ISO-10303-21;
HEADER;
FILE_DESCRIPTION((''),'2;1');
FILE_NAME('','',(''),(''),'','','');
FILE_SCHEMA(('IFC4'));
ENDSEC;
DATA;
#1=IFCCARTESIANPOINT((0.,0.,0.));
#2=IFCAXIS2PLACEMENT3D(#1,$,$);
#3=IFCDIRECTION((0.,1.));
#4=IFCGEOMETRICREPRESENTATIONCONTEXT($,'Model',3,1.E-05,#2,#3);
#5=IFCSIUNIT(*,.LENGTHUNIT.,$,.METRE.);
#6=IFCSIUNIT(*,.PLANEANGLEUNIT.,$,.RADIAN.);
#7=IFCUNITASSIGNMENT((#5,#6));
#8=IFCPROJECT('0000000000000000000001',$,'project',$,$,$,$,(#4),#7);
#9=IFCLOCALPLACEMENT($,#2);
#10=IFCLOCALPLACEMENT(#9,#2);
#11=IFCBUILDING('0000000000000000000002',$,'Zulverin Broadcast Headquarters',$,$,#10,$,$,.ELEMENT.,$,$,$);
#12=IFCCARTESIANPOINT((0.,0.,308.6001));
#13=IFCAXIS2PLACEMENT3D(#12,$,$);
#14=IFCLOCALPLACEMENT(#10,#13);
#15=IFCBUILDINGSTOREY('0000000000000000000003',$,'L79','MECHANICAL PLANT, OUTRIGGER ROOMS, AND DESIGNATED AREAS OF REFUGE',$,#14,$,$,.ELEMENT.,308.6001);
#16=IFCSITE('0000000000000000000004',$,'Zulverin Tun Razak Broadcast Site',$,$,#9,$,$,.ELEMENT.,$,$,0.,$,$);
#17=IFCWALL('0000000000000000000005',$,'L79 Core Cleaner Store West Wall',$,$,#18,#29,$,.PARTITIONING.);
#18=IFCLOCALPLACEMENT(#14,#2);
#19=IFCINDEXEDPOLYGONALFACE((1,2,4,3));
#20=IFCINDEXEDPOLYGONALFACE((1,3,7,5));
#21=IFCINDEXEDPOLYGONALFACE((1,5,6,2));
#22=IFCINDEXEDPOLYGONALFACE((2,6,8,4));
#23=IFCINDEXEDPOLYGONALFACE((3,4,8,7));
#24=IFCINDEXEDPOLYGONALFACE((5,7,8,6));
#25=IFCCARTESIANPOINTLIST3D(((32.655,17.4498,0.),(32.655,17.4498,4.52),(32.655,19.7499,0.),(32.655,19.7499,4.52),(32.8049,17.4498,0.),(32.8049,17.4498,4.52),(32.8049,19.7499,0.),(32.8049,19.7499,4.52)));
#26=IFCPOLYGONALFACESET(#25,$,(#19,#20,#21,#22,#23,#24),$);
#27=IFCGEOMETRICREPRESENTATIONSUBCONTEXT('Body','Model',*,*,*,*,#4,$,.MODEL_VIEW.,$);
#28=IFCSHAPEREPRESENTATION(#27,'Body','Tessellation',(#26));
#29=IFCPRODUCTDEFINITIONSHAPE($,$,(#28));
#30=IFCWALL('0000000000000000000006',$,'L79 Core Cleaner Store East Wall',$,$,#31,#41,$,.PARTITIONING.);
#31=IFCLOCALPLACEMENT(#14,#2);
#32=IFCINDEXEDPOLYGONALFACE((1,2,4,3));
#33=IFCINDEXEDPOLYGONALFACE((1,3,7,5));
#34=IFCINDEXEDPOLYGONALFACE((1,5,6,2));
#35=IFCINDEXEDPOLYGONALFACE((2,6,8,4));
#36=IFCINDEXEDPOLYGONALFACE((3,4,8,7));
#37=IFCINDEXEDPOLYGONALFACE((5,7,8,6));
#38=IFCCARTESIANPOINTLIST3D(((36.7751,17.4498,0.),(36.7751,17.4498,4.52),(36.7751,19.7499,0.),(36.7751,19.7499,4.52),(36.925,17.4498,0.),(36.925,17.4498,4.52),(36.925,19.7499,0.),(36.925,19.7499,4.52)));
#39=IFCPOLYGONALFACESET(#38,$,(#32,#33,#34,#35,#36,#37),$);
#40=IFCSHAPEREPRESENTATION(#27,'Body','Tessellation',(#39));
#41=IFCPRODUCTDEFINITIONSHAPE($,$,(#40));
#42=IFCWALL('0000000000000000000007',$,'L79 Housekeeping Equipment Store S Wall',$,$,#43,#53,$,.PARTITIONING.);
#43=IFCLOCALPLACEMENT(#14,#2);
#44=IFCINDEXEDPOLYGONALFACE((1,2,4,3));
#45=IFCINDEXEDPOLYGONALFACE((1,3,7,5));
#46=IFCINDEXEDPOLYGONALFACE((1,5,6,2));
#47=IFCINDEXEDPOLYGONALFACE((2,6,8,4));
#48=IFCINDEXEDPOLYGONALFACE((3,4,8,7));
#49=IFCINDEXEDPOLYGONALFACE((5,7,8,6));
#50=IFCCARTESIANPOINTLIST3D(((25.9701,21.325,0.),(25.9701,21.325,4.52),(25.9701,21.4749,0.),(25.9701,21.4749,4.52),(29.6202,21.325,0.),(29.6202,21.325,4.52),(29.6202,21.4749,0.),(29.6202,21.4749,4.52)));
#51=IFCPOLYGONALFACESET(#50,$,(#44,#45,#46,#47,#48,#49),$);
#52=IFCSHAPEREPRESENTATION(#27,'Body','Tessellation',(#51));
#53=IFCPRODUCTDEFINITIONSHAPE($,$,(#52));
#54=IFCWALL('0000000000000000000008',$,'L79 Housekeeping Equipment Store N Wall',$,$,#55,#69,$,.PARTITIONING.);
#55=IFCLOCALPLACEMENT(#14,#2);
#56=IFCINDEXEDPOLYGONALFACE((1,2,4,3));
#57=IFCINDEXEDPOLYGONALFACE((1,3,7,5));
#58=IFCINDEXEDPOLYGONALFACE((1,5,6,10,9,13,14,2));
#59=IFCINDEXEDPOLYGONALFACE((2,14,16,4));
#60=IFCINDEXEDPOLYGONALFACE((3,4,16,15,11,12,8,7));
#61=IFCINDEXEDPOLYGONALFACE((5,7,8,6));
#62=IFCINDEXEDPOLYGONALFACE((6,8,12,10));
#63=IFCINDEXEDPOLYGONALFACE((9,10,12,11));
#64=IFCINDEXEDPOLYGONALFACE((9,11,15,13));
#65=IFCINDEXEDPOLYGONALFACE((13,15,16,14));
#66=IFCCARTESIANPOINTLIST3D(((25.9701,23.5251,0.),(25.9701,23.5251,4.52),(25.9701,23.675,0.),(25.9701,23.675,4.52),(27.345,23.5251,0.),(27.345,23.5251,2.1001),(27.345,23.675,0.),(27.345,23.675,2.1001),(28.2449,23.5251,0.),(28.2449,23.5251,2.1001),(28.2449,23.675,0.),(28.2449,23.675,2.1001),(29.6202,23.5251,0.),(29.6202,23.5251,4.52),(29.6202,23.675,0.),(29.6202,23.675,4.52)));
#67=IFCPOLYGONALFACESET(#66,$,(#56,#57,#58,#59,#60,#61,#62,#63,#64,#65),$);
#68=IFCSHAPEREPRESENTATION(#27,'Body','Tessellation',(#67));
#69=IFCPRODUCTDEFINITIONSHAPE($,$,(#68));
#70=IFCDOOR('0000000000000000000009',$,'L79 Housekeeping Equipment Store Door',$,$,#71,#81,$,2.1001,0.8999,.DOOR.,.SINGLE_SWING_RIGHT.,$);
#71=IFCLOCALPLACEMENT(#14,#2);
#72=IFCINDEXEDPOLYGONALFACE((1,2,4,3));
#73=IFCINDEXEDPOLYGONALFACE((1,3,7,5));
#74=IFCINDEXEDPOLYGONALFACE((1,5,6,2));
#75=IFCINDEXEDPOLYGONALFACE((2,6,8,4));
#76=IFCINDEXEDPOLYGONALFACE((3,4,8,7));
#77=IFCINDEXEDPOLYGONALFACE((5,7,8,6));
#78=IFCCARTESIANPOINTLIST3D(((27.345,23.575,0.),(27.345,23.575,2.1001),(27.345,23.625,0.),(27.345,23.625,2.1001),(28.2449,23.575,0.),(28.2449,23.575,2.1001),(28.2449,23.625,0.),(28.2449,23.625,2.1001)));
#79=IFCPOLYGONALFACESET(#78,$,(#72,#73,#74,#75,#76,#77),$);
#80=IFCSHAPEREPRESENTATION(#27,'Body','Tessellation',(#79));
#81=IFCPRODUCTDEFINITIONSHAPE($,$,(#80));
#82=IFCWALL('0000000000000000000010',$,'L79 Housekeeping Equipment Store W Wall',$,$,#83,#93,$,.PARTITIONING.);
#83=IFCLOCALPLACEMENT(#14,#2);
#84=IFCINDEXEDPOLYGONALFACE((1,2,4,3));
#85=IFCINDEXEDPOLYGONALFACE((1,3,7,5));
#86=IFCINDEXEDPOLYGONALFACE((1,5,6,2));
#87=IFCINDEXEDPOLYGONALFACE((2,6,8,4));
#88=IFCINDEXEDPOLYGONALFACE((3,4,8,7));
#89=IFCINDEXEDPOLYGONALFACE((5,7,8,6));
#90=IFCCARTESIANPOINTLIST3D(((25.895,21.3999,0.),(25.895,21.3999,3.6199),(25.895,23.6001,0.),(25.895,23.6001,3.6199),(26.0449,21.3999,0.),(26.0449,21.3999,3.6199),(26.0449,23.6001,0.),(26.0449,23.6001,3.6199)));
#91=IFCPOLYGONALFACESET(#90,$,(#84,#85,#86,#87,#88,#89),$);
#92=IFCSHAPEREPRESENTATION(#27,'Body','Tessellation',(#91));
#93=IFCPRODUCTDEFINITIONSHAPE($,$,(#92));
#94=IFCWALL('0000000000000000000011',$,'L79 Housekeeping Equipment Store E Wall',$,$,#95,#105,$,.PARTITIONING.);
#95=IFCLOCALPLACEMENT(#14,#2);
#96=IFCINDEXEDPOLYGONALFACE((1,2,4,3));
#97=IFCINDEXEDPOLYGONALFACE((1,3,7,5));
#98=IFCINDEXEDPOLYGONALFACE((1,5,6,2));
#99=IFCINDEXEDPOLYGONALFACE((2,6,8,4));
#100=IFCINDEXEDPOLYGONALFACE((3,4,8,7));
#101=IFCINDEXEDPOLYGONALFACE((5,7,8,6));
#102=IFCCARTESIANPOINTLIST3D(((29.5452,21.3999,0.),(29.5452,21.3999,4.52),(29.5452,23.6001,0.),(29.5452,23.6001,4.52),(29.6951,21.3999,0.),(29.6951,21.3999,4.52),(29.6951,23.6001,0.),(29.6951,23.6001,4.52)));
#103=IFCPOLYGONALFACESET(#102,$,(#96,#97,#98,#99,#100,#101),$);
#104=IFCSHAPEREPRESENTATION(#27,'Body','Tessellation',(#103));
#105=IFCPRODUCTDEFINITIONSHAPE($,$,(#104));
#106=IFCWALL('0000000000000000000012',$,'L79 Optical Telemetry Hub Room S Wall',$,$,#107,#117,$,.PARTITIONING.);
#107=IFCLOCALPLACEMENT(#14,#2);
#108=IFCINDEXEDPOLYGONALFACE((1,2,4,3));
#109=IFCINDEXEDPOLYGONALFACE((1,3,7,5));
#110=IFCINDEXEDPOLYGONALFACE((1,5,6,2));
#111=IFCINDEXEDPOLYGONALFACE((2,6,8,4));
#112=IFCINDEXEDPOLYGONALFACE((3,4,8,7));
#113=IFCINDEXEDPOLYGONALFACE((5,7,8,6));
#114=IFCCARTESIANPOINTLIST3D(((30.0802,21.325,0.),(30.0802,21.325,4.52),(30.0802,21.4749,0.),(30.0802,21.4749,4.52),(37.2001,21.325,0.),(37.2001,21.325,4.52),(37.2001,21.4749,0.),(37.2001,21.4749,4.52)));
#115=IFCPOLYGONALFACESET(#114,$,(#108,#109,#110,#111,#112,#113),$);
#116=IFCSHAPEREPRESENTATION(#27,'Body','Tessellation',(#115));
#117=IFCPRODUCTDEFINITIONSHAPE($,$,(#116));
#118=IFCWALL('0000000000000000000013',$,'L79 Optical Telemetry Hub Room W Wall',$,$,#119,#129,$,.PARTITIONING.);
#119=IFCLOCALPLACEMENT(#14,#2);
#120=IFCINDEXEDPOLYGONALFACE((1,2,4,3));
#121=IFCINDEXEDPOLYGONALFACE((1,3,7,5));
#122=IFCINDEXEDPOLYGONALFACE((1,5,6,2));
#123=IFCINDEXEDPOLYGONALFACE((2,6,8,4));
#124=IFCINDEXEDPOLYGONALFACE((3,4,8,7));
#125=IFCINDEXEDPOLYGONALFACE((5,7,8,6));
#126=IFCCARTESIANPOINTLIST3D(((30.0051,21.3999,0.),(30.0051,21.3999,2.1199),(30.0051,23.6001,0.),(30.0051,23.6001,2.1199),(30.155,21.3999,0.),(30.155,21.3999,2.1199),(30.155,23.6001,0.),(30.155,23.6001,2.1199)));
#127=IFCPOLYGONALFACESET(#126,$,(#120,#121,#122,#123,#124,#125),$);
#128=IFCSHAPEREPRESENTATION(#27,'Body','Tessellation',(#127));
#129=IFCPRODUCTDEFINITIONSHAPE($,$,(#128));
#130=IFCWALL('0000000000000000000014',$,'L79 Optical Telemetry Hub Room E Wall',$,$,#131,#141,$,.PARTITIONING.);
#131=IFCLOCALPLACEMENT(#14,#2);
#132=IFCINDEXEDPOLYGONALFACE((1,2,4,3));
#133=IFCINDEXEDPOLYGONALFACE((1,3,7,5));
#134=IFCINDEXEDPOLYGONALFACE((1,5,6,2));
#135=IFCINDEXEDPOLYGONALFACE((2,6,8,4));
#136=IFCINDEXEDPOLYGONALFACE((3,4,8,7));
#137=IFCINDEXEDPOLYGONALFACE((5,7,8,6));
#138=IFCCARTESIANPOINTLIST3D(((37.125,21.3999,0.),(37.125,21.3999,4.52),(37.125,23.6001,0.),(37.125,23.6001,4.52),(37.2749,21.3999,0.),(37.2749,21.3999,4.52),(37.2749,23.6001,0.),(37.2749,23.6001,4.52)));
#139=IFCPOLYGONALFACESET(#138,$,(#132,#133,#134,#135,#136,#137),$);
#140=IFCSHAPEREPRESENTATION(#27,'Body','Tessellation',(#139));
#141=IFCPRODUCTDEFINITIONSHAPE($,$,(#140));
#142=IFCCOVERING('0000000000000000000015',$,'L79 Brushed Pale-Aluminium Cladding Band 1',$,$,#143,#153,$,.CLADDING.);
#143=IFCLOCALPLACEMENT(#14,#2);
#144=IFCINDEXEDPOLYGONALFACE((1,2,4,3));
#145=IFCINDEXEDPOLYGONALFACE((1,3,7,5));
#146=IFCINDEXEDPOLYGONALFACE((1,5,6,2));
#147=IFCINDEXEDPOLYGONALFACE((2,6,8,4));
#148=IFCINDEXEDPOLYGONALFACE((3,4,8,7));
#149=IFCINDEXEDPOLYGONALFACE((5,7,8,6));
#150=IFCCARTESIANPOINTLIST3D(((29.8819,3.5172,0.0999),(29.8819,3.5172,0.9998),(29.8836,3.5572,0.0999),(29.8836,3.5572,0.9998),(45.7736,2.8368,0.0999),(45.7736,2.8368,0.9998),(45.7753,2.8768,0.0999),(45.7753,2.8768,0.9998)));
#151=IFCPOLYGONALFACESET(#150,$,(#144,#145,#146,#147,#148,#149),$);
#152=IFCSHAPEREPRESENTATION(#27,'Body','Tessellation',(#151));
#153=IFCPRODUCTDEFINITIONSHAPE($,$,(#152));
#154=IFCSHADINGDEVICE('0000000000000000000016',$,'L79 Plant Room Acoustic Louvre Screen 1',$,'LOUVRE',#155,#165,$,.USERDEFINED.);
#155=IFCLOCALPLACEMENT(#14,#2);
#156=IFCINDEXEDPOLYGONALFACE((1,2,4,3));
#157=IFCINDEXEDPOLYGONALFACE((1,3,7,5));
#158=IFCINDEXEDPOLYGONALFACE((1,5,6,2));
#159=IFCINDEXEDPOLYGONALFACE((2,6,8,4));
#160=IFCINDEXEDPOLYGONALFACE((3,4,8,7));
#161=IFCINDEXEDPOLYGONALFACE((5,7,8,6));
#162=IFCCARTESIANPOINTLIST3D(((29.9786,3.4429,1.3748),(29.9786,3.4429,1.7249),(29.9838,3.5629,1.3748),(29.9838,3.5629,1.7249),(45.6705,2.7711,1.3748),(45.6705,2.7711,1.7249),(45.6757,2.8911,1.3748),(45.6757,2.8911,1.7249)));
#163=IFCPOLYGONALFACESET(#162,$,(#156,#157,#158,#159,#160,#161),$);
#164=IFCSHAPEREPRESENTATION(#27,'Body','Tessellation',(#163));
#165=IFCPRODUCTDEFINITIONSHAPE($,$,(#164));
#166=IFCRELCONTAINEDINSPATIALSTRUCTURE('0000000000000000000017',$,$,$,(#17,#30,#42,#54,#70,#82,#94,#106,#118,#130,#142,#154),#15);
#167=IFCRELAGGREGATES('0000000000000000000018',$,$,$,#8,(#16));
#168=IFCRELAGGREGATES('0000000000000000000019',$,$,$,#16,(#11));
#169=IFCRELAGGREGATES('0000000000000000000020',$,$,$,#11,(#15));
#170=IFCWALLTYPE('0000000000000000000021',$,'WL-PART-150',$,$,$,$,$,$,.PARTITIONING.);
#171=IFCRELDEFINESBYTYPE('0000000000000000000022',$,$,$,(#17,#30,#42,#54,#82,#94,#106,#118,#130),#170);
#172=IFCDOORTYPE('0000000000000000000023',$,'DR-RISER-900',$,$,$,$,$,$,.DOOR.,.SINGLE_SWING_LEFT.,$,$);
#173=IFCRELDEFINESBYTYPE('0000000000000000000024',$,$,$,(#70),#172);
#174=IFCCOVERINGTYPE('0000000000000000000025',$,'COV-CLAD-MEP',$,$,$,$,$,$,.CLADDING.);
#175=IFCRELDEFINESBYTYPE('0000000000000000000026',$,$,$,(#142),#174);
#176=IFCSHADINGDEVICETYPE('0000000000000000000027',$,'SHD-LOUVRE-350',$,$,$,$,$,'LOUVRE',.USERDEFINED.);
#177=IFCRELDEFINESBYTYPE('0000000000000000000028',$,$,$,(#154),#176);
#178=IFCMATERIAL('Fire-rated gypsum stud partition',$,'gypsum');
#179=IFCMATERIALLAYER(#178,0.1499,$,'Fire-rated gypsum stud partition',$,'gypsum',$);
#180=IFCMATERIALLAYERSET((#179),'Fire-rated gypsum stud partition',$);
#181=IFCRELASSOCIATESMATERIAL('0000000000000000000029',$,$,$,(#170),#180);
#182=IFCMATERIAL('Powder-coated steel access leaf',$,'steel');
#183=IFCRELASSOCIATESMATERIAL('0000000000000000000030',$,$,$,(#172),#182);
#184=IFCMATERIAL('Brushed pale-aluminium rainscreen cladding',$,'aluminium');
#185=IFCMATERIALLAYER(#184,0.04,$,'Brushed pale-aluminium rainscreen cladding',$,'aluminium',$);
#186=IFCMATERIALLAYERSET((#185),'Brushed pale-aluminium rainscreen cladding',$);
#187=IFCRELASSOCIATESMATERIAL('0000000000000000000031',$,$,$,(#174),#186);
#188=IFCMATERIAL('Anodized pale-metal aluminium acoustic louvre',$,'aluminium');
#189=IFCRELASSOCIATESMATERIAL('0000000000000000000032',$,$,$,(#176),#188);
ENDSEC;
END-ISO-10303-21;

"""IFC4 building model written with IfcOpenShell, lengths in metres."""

from ifc_helpers import new_model, si_unit, direction, frame, frame_2d, origin, origin_2d, place, context, subcontext, project, spatial, rectangle, extrude, material, layer, layer_set, type_object, element, fill, save


model = new_model("IFC4")

# Units and contexts
model_context = context("Model", 3, precision=1e-05, world=origin(), true_north=direction((0.0, 1.0)))
body_context = subcontext(model_context, "Body", "Model", "MODEL_VIEW")
ifc_project = project(units=[si_unit("LENGTHUNIT", "METRE"), si_unit("PLANEANGLEUNIT", "RADIAN")], contexts=[model_context])

# Site, building, storey
site_placement = place(None, origin())
site = spatial("IfcSite", under=ifc_project, at=site_placement, Name="Zulverin Tun Razak Broadcast Site", CompositionType="ELEMENT", RefElevation=0.0)
building_placement = place(site_placement, origin())
building = spatial("IfcBuilding", under=site, at=building_placement, Name="Zulverin Broadcast Headquarters", CompositionType="ELEMENT")
storey_placement = place(building_placement, frame((0.0, 0.0, 308.6001)))
storey = spatial("IfcBuildingStorey", under=building, at=storey_placement, Name="L79", Description="MECHANICAL PLANT, OUTRIGGER ROOMS, AND DESIGNATED AREAS OF REFUGE", CompositionType="ELEMENT", Elevation=308.6001)

# Shared definitions
ifc_material_1 = material(Name="Fire-rated gypsum stud partition", Category="gypsum")
ifc_layer_1 = layer(ifc_material_1, 0.1499, Name="Fire-rated gypsum stud partition", Category="gypsum")
ifc_layer_set_1 = layer_set([ifc_layer_1], Name="Fire-rated gypsum stud partition")
wall_type_1 = type_object("IfcWallType", Name="WL-PART-150", PredefinedType="PARTITIONING", material=ifc_layer_set_1)

# Shared definitions
ifc_material_2 = material(Name="Powder-coated steel access leaf", Category="steel")
door_type_1 = type_object("IfcDoorType", Name="DR-RISER-900", OperationType="SINGLE_SWING_LEFT", PredefinedType="DOOR", material=ifc_material_2)

# Walls
for number, where, z_axis, x_axis, name in (
    (1, (32.73, 17.45, 0.0), (0.0, 0.0, 1.0), (0.0, 1.0, 0.0), "L79 Core Cleaner Store West Wall"),
    (2, (36.8501, 17.45, 0.0), (0.0, 0.0, 1.0), (0.0, 1.0, 0.0), "L79 Core Cleaner Store East Wall"),
):
    element("IfcWall", number, at=place(storey_placement, frame(where, z_axis=z_axis, x_axis=x_axis)), inside=storey, type_object=wall_type_1, Name=name, PredefinedType="PARTITIONING", context=body_context, shape_type="SweptSolid", body=[
        extrude(rectangle(XDim=2.3, YDim=0.1499, at=frame_2d((1.1499, 0.0))), origin(), (0.0, 0.0, 1.0), 4.52),
    ])
wall_1_placement = place(storey_placement, frame((25.97, 21.3999, 0.0), z_axis=(0.0, 0.0, 1.0), x_axis=(1.0, 0.0, 0.0)))
element("IfcWall", 3, at=wall_1_placement, inside=storey, type_object=wall_type_1, Name="L79 Housekeeping Equipment Store S Wall", PredefinedType="PARTITIONING", context=body_context, shape_type="SweptSolid", body=[
    extrude(rectangle(XDim=3.6501, YDim=0.1499, at=frame_2d((1.8252, 0.0))), origin(), (0.0, 0.0, 1.0), 4.52),
])

# Wall, opening, door
wall_2_placement = place(storey_placement, frame((25.97, 23.6001, 0.0), z_axis=(0.0, 0.0, 1.0), x_axis=(1.0, 0.0, 0.0)))
wall_2 = element("IfcWall", 4, at=wall_2_placement, inside=storey, type_object=wall_type_1, Name="L79 Housekeeping Equipment Store N Wall", PredefinedType="PARTITIONING", context=body_context, shape_type="SweptSolid", body=[
    extrude(rectangle(XDim=3.6501, YDim=0.1499, at=frame_2d((1.8252, 0.0))), origin(), (0.0, 0.0, 1.0), 4.52),
])
opening_1_placement = place(wall_2_placement, frame((1.375, 0.0, 0.0)))
opening_1 = element("IfcOpeningElement", 5, at=opening_1_placement, cuts=wall_2, PredefinedType="OPENING", context=body_context, shape_type="SweptSolid", body=[
    extrude(rectangle(XDim=0.8999, YDim=2.1001, at=frame_2d((0.45, 1.05))), frame((0.0, 0.085, 0.0), z_axis=(0.0, -1.0, 0.0), x_axis=(1.0, 0.0, 0.0)), (0.0, 0.0, 1.0), 0.1699),
])
door_1_placement = place(opening_1_placement, origin())
door_1 = element("IfcDoor", 6, at=door_1_placement, inside=storey, type_object=door_type_1, Name="L79 Housekeeping Equipment Store Door", OperationType="SINGLE_SWING_RIGHT", OverallHeight=2.1001, OverallWidth=0.8999, PredefinedType="DOOR", context=body_context, shape_type="SweptSolid", body=[
    extrude(rectangle(XDim=0.8999, YDim=2.1001, at=frame_2d((0.45, 1.05))), frame((0.0, 0.0249, 0.0), z_axis=(0.0, -1.0, 0.0), x_axis=(1.0, 0.0, 0.0)), (0.0, 0.0, 1.0), 0.05),
])
fill(opening_1, door_1)

# Walls
wall_3_placement = place(storey_placement, frame((25.97, 21.3999, 0.0), z_axis=(0.0, 0.0, 1.0), x_axis=(0.0, 1.0, 0.0)))
element("IfcWall", 7, at=wall_3_placement, inside=storey, type_object=wall_type_1, Name="L79 Housekeeping Equipment Store W Wall", PredefinedType="PARTITIONING", context=body_context, shape_type="SweptSolid", body=[
    extrude(rectangle(XDim=2.2002, YDim=0.1499, at=frame_2d((1.1001, 0.0))), origin(), (0.0, 0.0, 1.0), 3.6199),
])
wall_4_placement = place(storey_placement, frame((29.6201, 21.3999, 0.0), z_axis=(0.0, 0.0, 1.0), x_axis=(0.0, 1.0, 0.0)))
element("IfcWall", 8, at=wall_4_placement, inside=storey, type_object=wall_type_1, Name="L79 Housekeeping Equipment Store E Wall", PredefinedType="PARTITIONING", context=body_context, shape_type="SweptSolid", body=[
    extrude(rectangle(XDim=2.2002, YDim=0.1499, at=frame_2d((1.1001, 0.0))), origin(), (0.0, 0.0, 1.0), 4.52),
])
wall_5_placement = place(storey_placement, frame((30.0801, 21.3999, 0.0), z_axis=(0.0, 0.0, 1.0), x_axis=(1.0, 0.0, 0.0)))
element("IfcWall", 9, at=wall_5_placement, inside=storey, type_object=wall_type_1, Name="L79 Optical Telemetry Hub Room S Wall", PredefinedType="PARTITIONING", context=body_context, shape_type="SweptSolid", body=[
    extrude(rectangle(XDim=7.1199, YDim=0.1499, at=frame_2d((3.5601, 0.0))), origin(), (0.0, 0.0, 1.0), 4.52),
])
wall_6_placement = place(storey_placement, frame((30.0801, 21.3999, 0.0), z_axis=(0.0, 0.0, 1.0), x_axis=(0.0, 1.0, 0.0)))
element("IfcWall", 10, at=wall_6_placement, inside=storey, type_object=wall_type_1, Name="L79 Optical Telemetry Hub Room W Wall", PredefinedType="PARTITIONING", context=body_context, shape_type="SweptSolid", body=[
    extrude(rectangle(XDim=2.2002, YDim=0.1499, at=frame_2d((1.1001, 0.0))), origin(), (0.0, 0.0, 1.0), 2.1199),
])
wall_7_placement = place(storey_placement, frame((37.2, 21.3999, 0.0), z_axis=(0.0, 0.0, 1.0), x_axis=(0.0, 1.0, 0.0)))
element("IfcWall", 11, at=wall_7_placement, inside=storey, type_object=wall_type_1, Name="L79 Optical Telemetry Hub Room E Wall", PredefinedType="PARTITIONING", context=body_context, shape_type="SweptSolid", body=[
    extrude(rectangle(XDim=2.2002, YDim=0.1499, at=frame_2d((1.1001, 0.0))), origin(), (0.0, 0.0, 1.0), 4.52),
])

# Covering
ifc_material_3 = material(Name="Brushed pale-aluminium rainscreen cladding", Category="aluminium")
ifc_layer_2 = layer(ifc_material_3, 0.04, Name="Brushed pale-aluminium rainscreen cladding", Category="aluminium")
ifc_layer_set_2 = layer_set([ifc_layer_2], Name="Brushed pale-aluminium rainscreen cladding")
covering_type = type_object("IfcCoveringType", Name="COV-CLAD-MEP", PredefinedType="CLADDING", material=ifc_layer_set_2)
covering_placement = place(storey_placement, frame((37.8286, 3.197, 0.0999), z_axis=(0.0, 0.0, 1.0), x_axis=(0.999085, -0.042774, 0.0)))
element("IfcCovering", 12, at=covering_placement, inside=storey, type_object=covering_type, Name="L79 Brushed Pale-Aluminium Cladding Band 1", PredefinedType="CLADDING", context=body_context, shape_type="SweptSolid", body=[
    extrude(rectangle(XDim=15.9062, YDim=0.04, at=origin_2d()), origin(), (0.0, 0.0, 1.0), 0.8999),
])

# Shading device
ifc_material_4 = material(Name="Anodized pale-metal aluminium acoustic louvre", Category="aluminium")
shading_device_type = type_object("IfcShadingDeviceType", Name="SHD-LOUVRE-350", ElementType="LOUVRE", PredefinedType="USERDEFINED", material=ifc_material_4)
shading_device_placement = place(storey_placement, frame((37.8271, 3.167, 1.3748), z_axis=(0.0, 0.0, 1.0), x_axis=(0.999085, -0.042774, 0.0)))
element("IfcShadingDevice", 13, at=shading_device_placement, inside=storey, type_object=shading_device_type, Name="L79 Plant Room Acoustic Louvre Screen 1", ObjectType="LOUVRE", PredefinedType="USERDEFINED", context=body_context, shape_type="SweptSolid", body=[
    extrude(rectangle(XDim=15.7063, YDim=0.1201, at=origin_2d()), origin(), (0.0, 0.0, 1.0), 0.3501),
])

save(model, "model.ifc")
